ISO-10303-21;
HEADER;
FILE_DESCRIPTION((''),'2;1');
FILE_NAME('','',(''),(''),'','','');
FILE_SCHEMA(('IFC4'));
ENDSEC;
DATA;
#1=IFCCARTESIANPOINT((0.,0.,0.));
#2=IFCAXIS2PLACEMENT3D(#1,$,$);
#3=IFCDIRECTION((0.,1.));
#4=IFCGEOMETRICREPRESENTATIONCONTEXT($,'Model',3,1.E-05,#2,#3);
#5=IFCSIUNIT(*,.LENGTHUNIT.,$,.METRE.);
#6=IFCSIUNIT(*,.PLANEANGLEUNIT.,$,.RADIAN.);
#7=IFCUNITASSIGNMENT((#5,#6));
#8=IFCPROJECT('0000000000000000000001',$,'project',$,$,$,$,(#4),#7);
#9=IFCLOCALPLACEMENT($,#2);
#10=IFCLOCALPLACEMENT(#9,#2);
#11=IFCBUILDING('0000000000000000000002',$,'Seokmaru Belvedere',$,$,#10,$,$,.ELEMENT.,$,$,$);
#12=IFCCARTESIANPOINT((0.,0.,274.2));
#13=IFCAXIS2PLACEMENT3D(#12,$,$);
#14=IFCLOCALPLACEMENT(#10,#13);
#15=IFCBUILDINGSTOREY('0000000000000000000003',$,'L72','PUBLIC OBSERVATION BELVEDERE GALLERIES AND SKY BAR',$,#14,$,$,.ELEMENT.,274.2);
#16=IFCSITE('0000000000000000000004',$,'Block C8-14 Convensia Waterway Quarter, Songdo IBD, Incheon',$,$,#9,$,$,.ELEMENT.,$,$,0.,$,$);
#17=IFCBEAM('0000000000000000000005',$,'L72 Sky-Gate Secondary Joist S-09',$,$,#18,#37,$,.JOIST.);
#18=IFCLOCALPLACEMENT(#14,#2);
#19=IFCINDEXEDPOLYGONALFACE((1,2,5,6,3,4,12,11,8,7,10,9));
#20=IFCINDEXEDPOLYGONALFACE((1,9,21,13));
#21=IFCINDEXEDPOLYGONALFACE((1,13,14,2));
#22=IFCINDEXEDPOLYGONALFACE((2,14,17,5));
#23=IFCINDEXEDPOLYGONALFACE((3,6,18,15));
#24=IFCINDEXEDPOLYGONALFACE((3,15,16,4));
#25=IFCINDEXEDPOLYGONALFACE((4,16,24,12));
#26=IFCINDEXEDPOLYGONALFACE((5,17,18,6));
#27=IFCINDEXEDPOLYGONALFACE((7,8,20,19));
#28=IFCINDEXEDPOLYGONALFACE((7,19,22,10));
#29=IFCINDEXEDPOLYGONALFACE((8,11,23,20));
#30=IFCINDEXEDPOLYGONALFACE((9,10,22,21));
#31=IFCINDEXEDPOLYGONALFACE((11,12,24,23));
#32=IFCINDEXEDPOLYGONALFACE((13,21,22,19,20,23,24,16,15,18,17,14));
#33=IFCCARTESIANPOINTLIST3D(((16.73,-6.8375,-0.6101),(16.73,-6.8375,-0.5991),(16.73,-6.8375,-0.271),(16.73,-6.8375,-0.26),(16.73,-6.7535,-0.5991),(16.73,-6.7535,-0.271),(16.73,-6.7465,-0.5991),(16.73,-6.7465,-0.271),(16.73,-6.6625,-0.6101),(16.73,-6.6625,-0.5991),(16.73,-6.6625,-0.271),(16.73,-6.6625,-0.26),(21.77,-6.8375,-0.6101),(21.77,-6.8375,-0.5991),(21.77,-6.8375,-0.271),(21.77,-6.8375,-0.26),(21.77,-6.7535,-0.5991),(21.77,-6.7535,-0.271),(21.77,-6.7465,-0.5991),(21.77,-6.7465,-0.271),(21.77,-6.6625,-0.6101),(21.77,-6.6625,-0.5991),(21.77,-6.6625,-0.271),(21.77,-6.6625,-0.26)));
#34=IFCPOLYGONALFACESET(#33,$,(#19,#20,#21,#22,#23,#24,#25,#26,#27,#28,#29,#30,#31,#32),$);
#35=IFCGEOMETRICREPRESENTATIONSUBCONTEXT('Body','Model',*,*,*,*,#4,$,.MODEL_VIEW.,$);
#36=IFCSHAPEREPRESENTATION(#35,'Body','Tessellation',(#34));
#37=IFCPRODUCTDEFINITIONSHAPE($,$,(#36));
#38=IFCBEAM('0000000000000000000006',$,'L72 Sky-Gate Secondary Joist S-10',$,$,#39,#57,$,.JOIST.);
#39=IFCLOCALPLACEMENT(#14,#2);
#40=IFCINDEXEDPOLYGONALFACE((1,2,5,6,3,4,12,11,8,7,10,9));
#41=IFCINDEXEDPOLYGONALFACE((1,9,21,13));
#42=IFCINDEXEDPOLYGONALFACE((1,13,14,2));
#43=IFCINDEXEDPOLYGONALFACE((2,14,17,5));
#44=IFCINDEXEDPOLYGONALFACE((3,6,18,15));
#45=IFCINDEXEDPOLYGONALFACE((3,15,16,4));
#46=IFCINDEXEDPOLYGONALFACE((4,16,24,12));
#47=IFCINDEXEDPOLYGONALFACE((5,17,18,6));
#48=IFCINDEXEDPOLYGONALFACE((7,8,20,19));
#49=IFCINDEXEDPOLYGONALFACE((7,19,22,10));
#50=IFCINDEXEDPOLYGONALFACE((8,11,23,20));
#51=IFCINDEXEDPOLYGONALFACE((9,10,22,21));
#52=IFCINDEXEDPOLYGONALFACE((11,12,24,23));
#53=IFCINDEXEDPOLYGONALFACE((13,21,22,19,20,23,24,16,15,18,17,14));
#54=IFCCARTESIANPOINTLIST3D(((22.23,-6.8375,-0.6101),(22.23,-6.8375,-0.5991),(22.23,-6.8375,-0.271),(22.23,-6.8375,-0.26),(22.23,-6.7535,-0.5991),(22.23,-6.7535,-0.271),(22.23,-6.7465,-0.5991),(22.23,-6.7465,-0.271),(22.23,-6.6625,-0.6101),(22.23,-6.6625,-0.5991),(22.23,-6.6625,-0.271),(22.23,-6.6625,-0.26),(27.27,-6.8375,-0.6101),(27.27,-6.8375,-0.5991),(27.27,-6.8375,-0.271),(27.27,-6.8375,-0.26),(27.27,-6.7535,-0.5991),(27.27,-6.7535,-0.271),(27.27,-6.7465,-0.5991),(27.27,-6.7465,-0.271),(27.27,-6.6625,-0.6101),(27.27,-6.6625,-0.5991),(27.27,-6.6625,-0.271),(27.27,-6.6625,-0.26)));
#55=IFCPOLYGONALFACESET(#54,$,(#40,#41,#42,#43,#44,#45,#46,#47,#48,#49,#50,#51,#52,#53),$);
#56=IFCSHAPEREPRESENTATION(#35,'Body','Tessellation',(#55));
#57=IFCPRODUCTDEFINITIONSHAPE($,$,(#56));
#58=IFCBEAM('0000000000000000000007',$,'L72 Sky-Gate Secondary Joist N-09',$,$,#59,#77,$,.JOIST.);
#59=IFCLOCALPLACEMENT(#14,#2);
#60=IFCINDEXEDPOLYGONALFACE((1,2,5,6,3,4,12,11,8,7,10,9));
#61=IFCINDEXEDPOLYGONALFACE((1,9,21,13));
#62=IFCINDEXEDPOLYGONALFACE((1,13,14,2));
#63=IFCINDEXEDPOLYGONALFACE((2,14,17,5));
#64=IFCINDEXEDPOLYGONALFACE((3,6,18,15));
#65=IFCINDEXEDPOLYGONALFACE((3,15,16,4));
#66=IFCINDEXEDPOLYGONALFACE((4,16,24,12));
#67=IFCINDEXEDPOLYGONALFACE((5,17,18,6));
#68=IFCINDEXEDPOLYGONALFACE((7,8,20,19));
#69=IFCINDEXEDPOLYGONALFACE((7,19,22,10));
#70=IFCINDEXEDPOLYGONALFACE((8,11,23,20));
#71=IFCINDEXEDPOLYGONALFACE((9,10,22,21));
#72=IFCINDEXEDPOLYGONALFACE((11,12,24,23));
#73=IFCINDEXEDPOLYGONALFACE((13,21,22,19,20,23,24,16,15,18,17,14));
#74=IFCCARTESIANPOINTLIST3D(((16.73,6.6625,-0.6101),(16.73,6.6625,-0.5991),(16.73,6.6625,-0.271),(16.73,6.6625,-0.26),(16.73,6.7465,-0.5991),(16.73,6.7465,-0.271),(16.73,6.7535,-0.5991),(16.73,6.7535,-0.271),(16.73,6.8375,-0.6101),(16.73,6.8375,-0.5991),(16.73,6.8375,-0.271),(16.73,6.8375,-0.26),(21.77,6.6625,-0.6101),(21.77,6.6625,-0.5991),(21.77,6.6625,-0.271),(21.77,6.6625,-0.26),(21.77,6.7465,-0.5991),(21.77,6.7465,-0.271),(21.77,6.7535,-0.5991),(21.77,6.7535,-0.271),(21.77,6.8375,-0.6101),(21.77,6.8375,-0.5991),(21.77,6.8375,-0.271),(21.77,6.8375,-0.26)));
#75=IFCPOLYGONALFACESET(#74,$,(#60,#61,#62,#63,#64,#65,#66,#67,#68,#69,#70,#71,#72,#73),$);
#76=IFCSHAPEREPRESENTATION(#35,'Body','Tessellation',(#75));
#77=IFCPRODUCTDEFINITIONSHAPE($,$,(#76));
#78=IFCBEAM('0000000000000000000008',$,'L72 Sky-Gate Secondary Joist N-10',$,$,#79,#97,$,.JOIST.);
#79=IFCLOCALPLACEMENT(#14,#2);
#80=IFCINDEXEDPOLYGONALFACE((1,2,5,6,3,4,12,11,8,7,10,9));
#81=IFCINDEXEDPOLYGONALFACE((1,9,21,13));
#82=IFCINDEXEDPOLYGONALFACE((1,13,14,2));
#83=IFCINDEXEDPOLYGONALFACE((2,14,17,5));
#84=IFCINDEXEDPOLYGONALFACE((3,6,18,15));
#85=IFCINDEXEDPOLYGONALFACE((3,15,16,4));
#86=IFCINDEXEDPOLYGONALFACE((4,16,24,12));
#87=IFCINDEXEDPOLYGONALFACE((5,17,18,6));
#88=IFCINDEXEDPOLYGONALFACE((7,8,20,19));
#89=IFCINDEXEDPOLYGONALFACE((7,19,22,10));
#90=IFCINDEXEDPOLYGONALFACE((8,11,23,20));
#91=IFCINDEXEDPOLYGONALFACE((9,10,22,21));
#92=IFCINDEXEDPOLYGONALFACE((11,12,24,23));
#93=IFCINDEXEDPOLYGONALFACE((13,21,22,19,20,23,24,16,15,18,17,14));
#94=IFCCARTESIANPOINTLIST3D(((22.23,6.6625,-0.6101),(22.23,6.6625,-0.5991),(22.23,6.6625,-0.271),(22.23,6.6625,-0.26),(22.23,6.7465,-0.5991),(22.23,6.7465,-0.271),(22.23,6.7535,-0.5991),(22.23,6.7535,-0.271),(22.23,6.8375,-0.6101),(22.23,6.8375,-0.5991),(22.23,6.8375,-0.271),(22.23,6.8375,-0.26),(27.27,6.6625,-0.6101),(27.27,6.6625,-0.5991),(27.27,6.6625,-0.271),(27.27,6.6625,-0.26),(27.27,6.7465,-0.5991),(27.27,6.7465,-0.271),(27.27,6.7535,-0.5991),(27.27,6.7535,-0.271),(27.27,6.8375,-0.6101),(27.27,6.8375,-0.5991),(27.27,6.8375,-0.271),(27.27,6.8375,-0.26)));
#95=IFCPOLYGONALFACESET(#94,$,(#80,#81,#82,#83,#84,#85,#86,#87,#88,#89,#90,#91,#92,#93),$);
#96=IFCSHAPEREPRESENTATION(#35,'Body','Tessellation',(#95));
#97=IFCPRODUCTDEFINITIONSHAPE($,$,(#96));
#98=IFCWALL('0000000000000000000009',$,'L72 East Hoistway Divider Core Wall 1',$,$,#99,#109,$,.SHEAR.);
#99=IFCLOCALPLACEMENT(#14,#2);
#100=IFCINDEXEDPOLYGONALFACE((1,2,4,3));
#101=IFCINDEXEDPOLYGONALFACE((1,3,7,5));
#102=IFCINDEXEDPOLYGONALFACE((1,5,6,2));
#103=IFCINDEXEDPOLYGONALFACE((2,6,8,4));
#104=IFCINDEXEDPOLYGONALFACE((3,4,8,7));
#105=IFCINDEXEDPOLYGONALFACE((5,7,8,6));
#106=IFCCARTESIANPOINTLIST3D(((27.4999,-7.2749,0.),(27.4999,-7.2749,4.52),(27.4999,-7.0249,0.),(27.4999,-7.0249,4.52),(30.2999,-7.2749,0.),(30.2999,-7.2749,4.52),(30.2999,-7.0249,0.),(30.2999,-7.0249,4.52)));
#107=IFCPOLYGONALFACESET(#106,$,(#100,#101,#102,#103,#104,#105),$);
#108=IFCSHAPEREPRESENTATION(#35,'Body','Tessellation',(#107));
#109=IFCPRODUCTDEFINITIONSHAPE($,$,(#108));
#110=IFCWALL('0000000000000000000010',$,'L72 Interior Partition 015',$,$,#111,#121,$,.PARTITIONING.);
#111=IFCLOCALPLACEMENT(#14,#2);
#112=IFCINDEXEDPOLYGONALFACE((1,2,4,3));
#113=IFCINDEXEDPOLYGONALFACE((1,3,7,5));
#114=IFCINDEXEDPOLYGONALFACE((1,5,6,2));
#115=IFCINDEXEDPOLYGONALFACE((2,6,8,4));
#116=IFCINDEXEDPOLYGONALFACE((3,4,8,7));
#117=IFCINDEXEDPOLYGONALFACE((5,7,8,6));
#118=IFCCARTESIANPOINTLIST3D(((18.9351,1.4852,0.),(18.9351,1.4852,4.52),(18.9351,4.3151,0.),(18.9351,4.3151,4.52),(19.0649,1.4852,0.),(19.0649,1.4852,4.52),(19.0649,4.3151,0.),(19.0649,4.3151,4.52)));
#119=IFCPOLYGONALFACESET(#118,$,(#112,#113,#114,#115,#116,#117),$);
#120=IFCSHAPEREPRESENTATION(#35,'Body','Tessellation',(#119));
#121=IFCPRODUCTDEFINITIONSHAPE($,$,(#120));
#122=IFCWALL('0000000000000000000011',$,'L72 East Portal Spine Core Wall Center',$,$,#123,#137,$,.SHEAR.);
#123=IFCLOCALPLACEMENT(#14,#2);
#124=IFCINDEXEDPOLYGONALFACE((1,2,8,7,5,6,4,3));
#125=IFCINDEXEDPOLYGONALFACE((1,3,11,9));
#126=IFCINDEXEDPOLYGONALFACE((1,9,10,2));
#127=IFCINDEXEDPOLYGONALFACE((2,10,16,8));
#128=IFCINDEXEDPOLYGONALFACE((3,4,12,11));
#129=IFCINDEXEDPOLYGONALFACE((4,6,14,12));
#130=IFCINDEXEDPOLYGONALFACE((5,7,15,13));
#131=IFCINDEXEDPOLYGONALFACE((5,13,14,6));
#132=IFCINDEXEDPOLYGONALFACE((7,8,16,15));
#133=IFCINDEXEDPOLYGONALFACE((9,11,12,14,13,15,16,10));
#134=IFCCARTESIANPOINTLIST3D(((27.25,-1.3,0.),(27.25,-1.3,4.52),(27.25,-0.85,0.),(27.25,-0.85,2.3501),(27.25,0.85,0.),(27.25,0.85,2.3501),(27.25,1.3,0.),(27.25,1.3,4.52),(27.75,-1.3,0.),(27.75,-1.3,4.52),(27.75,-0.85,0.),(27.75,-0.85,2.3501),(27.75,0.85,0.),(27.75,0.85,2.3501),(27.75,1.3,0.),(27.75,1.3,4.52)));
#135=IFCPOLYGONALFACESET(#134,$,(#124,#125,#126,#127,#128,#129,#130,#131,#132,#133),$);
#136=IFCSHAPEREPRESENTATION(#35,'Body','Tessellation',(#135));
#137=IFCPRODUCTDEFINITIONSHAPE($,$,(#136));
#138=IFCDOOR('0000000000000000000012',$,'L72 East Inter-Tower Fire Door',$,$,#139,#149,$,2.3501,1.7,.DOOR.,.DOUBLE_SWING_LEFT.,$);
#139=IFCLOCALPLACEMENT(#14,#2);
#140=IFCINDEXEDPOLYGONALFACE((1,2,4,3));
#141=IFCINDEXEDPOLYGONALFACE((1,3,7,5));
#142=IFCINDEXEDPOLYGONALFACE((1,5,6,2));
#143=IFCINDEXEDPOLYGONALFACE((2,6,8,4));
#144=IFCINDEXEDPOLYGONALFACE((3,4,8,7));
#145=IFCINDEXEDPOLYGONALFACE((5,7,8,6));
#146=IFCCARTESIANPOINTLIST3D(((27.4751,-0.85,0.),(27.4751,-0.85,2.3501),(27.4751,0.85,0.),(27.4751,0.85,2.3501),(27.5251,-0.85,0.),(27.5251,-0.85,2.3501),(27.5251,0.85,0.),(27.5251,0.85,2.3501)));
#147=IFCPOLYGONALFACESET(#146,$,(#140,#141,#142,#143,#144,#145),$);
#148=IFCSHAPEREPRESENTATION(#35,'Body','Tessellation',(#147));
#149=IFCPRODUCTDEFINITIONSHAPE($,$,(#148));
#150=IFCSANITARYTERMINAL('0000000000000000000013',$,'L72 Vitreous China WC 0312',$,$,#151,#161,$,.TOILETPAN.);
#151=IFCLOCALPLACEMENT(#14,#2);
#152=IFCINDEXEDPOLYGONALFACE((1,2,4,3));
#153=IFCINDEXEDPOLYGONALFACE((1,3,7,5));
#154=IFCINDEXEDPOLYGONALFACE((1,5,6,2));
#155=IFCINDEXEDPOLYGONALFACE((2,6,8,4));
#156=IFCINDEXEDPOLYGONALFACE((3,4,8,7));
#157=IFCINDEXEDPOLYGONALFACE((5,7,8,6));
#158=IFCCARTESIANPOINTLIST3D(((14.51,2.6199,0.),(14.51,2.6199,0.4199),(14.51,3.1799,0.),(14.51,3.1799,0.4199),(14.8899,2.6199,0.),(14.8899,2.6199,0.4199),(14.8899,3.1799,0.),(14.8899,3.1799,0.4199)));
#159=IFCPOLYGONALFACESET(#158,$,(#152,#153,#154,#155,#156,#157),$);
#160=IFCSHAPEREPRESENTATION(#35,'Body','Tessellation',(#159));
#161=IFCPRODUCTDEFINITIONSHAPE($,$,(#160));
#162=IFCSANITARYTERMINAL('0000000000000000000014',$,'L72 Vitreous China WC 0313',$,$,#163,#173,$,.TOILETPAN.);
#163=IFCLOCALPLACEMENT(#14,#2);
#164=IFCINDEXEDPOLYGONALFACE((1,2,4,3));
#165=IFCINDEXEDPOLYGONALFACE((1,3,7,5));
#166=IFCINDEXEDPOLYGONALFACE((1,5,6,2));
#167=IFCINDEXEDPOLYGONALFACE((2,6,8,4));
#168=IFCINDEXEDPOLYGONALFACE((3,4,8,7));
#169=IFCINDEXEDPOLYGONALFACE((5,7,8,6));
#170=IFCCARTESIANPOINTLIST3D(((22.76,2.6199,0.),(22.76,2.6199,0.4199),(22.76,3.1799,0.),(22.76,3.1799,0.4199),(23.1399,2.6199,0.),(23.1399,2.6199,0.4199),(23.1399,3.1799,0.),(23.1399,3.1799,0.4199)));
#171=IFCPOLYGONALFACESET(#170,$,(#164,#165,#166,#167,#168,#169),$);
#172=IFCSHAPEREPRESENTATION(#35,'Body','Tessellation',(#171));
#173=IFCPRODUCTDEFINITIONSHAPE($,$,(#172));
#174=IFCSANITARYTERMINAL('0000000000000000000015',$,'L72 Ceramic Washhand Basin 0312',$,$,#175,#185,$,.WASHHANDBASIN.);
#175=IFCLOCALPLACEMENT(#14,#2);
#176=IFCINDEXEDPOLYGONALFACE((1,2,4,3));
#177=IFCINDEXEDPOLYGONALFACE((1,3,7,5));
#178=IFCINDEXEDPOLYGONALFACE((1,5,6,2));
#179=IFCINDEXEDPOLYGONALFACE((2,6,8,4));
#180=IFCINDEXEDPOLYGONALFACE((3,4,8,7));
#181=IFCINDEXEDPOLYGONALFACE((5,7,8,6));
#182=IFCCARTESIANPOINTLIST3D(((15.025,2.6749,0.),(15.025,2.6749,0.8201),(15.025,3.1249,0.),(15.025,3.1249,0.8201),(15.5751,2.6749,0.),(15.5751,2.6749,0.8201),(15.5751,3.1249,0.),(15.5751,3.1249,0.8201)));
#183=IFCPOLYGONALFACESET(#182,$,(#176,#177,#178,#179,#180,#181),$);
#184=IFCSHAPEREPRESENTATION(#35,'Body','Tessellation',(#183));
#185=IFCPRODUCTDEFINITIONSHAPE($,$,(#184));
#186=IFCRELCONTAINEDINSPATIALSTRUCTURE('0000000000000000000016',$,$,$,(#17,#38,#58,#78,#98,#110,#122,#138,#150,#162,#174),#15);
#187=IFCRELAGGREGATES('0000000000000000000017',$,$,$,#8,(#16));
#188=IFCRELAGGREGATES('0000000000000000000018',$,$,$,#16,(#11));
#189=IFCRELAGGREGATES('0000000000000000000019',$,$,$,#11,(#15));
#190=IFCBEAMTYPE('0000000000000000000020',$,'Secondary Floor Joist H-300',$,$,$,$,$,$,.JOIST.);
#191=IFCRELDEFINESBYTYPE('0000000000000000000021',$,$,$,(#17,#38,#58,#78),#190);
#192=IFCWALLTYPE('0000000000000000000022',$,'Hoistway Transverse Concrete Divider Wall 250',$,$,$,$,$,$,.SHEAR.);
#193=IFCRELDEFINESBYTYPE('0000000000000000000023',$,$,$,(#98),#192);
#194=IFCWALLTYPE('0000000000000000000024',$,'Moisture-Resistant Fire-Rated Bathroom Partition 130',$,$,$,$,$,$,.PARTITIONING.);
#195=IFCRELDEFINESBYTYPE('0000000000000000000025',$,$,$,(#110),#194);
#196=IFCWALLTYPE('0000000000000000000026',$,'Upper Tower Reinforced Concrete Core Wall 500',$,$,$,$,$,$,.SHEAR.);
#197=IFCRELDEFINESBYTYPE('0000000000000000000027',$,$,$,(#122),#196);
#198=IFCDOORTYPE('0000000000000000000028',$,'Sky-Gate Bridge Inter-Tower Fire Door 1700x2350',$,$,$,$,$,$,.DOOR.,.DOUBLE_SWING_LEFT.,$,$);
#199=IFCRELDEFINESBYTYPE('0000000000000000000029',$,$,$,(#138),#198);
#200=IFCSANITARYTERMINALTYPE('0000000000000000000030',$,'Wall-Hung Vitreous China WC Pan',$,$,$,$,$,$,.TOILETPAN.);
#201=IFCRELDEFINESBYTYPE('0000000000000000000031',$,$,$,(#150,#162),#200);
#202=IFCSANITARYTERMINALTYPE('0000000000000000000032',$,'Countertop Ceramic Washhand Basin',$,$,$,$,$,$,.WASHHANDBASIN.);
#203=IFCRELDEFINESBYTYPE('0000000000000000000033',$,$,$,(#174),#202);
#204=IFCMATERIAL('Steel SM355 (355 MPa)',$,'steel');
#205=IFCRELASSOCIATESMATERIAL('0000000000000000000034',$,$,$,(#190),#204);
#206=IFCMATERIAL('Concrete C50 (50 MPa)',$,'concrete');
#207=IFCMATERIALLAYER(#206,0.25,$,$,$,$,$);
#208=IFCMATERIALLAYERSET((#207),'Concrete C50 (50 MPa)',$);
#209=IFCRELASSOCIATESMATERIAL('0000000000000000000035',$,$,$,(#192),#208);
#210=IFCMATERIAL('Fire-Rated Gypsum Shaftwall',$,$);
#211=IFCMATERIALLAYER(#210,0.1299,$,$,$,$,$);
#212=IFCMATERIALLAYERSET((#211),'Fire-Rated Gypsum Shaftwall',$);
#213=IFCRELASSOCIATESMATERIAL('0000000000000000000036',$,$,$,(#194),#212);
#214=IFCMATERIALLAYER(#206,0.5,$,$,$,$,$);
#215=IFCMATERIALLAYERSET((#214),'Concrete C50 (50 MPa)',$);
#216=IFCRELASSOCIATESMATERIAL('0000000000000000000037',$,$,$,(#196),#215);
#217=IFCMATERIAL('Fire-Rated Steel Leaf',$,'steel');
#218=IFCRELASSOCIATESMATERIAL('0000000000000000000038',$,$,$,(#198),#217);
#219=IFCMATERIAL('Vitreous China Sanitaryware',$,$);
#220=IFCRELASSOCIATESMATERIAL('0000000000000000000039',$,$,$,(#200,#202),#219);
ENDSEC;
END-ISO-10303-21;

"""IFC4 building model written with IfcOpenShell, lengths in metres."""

from ifc_helpers import new_model, si_unit, direction, frame, frame_2d, origin, origin_2d, place, context, subcontext, project, spatial, rectangle, i_section, extrude, source, transform, mapped, material, layer, layer_set, material_profile, profile_set, type_object, type_shapes, element, fill, save


model = new_model("IFC4")

# Units and contexts
model_context = context("Model", 3, precision=1e-05, world=origin(), true_north=direction((0.0, 1.0)))
body_context = subcontext(model_context, "Body", "Model", "MODEL_VIEW")
ifc_project = project(units=[si_unit("LENGTHUNIT", "METRE"), si_unit("PLANEANGLEUNIT", "RADIAN")], contexts=[model_context])

# Site, building, storey
site_placement = place(None, origin())
site = spatial("IfcSite", under=ifc_project, at=site_placement, Name="Block C8-14 Convensia Waterway Quarter, Songdo IBD, Incheon", CompositionType="ELEMENT", RefElevation=0.0)
building_placement = place(site_placement, origin())
building = spatial("IfcBuilding", under=site, at=building_placement, Name="Seokmaru Belvedere", CompositionType="ELEMENT")
storey_placement = place(building_placement, frame((0.0, 0.0, 274.2)))
storey = spatial("IfcBuildingStorey", under=building, at=storey_placement, Name="L72", Description="PUBLIC OBSERVATION BELVEDERE GALLERIES AND SKY BAR", CompositionType="ELEMENT", Elevation=274.2)

# Shared definitions
ifc_material_1 = material(Name="Steel SM355 (355 MPa)", Category="steel")

# Beams
ifc_material_profile_1 = material_profile(ifc_material_1, i_section(OverallWidth=0.175, OverallDepth=0.3501, WebThickness=0.0071, FlangeThickness=0.011, at=origin_2d()), Name="H-350x175x7x11")
ifc_profile_set_1 = profile_set([ifc_material_profile_1], Name="Steel SM355 (355 MPa)")
beam_type_1 = type_object("IfcBeamType", Name="Secondary Floor Joist H-300", PredefinedType="JOIST", material=ifc_profile_set_1)
shared_shape_1 = source(origin(), body_context, "Body", "SweptSolid", [
    extrude(i_section(OverallWidth=0.175, OverallDepth=0.3501, WebThickness=0.0071, FlangeThickness=0.011, at=origin_2d()), origin(), (0.0, 0.0, 1.0), 5.04),
])
type_shapes(beam_type_1, [shared_shape_1])
for number, where, z_axis, x_axis, name in (
    (1, (16.73, -6.75, -0.4351), (1.0, 0.0, 0.0), (0.0, 1.0, 0.0), "L72 Sky-Gate Secondary Joist S-09"),
    (2, (22.23, -6.75, -0.4351), (1.0, 0.0, 0.0), (0.0, 1.0, 0.0), "L72 Sky-Gate Secondary Joist S-10"),
    (3, (16.73, 6.75, -0.4351), (1.0, 0.0, 0.0), (0.0, 1.0, 0.0), "L72 Sky-Gate Secondary Joist N-09"),
    (4, (22.23, 6.75, -0.4351), (1.0, 0.0, 0.0), (0.0, 1.0, 0.0), "L72 Sky-Gate Secondary Joist N-10"),
):
    element("IfcBeam", number, at=place(storey_placement, frame(where, z_axis=z_axis, x_axis=x_axis)), inside=storey, type_object=beam_type_1, Name=name, PredefinedType="JOIST", context=body_context, shape_type="MappedRepresentation", body=[
        mapped(shared_shape_1, transform((0.0, 0.0, 0.0), scale=1.0)),
    ])

# Walls
ifc_material_2 = material(Name="Concrete C50 (50 MPa)", Category="concrete")
ifc_layer_1 = layer(ifc_material_2, 0.25)
ifc_layer_set_1 = layer_set([ifc_layer_1], Name="Concrete C50 (50 MPa)")
wall_type_1 = type_object("IfcWallType", Name="Hoistway Transverse Concrete Divider Wall 250", PredefinedType="SHEAR", material=ifc_layer_set_1)
wall_1_placement = place(storey_placement, frame((27.5, -7.1499, 0.0), z_axis=(0.0, 0.0, 1.0), x_axis=(1.0, 0.0, 0.0)))
element("IfcWall", 5, at=wall_1_placement, inside=storey, type_object=wall_type_1, Name="L72 East Hoistway Divider Core Wall 1", PredefinedType="SHEAR", context=body_context, shape_type="SweptSolid", body=[
    extrude(rectangle(XDim=2.8, YDim=0.25, at=frame_2d((1.3999, 0.0))), origin(), (0.0, 0.0, 1.0), 4.52),
])
ifc_material_3 = material(Name="Fire-Rated Gypsum Shaftwall")
ifc_layer_2 = layer(ifc_material_3, 0.1299)
ifc_layer_set_2 = layer_set([ifc_layer_2], Name="Fire-Rated Gypsum Shaftwall")
wall_type_2 = type_object("IfcWallType", Name="Moisture-Resistant Fire-Rated Bathroom Partition 130", PredefinedType="PARTITIONING", material=ifc_layer_set_2)
wall_2_placement = place(storey_placement, frame((19.0, 1.4851, 0.0), z_axis=(0.0, 0.0, 1.0), x_axis=(0.0, 1.0, 0.0)))
element("IfcWall", 6, at=wall_2_placement, inside=storey, type_object=wall_type_2, Name="L72 Interior Partition 015", PredefinedType="PARTITIONING", context=body_context, shape_type="SweptSolid", body=[
    extrude(rectangle(XDim=2.8298, YDim=0.1299, at=frame_2d((1.415, 0.0))), origin(), (0.0, 0.0, 1.0), 4.52),
])

# Wall, opening, door
ifc_layer_3 = layer(ifc_material_2, 0.5)
ifc_layer_set_3 = layer_set([ifc_layer_3], Name="Concrete C50 (50 MPa)")
wall_type_3 = type_object("IfcWallType", Name="Upper Tower Reinforced Concrete Core Wall 500", PredefinedType="SHEAR", material=ifc_layer_set_3)
wall_3_placement = place(storey_placement, frame((27.5, -1.3, 0.0), z_axis=(0.0, 0.0, 1.0), x_axis=(0.0, 1.0, 0.0)))
wall_3 = element("IfcWall", 7, at=wall_3_placement, inside=storey, type_object=wall_type_3, Name="L72 East Portal Spine Core Wall Center", PredefinedType="SHEAR", context=body_context, shape_type="SweptSolid", body=[
    extrude(rectangle(XDim=2.6001, YDim=0.5, at=frame_2d((1.3, 0.0))), origin(), (0.0, 0.0, 1.0), 4.52),
])
opening_placement = place(wall_3_placement, frame((0.45, 0.0, 0.0)))
opening = element("IfcOpeningElement", 8, at=opening_placement, cuts=wall_3, PredefinedType="OPENING", context=body_context, shape_type="SweptSolid", body=[
    extrude(rectangle(XDim=1.7, YDim=2.3501, at=frame_2d((0.8501, 1.175))), frame((0.0, 0.26, 0.0), z_axis=(0.0, -1.0, 0.0), x_axis=(1.0, 0.0, 0.0)), (0.0, 0.0, 1.0), 0.52),
])
ifc_material_4 = material(Name="Fire-Rated Steel Leaf", Category="steel")
door_type = type_object("IfcDoorType", Name="Sky-Gate Bridge Inter-Tower Fire Door 1700x2350", OperationType="DOUBLE_SWING_LEFT", PredefinedType="DOOR", material=ifc_material_4)
shared_shape_2 = source(origin(), body_context, "Body", "SweptSolid", [
    extrude(rectangle(XDim=1.7, YDim=2.3501, at=frame_2d((0.8501, 1.175))), frame((0.0, 0.0249, 0.0), z_axis=(0.0, -1.0, 0.0), x_axis=(1.0, 0.0, 0.0)), (0.0, 0.0, 1.0), 0.05),
])
type_shapes(door_type, [shared_shape_2])
door_placement = place(opening_placement, origin())
door = element("IfcDoor", 9, at=door_placement, inside=storey, type_object=door_type, Name="L72 East Inter-Tower Fire Door", OperationType="DOUBLE_SWING_LEFT", OverallHeight=2.3501, OverallWidth=1.7, PredefinedType="DOOR", context=body_context, shape_type="MappedRepresentation", body=[
    mapped(shared_shape_2, transform((0.0, 0.0, 0.0), scale=1.0)),
])
fill(opening, door)

# Sanitary terminals
ifc_material_5 = material(Name="Vitreous China Sanitaryware")
sanitary_terminal_type_1 = type_object("IfcSanitaryTerminalType", Name="Wall-Hung Vitreous China WC Pan", PredefinedType="TOILETPAN", material=ifc_material_5)
shared_shape_3 = source(origin(), body_context, "Body", "SweptSolid", [
    extrude(rectangle(XDim=0.3799, YDim=0.5601, at=origin_2d()), origin(), (0.0, 0.0, 1.0), 0.4199),
])
type_shapes(sanitary_terminal_type_1, [shared_shape_3])
for number, where, z_axis, x_axis, name in (
    (10, (14.7, 2.8999, 0.0), (0.0, 0.0, 1.0), (1.0, 0.0, 0.0), "L72 Vitreous China WC 0312"),
    (11, (22.95, 2.8999, 0.0), (0.0, 0.0, 1.0), (1.0, 0.0, 0.0), "L72 Vitreous China WC 0313"),
):
    element("IfcSanitaryTerminal", number, at=place(storey_placement, frame(where, z_axis=z_axis, x_axis=x_axis)), inside=storey, type_object=sanitary_terminal_type_1, Name=name, PredefinedType="TOILETPAN", context=body_context, shape_type="MappedRepresentation", body=[
        mapped(shared_shape_3, transform((0.0, 0.0, 0.0), scale=1.0)),
    ])
sanitary_terminal_type_2 = type_object("IfcSanitaryTerminalType", Name="Countertop Ceramic Washhand Basin", PredefinedType="WASHHANDBASIN", material=ifc_material_5)
shared_shape_4 = source(origin(), body_context, "Body", "SweptSolid", [
    extrude(rectangle(XDim=0.55, YDim=0.45, at=origin_2d()), origin(), (0.0, 0.0, 1.0), 0.8201),
])
type_shapes(sanitary_terminal_type_2, [shared_shape_4])
for number, where, z_axis, x_axis, name in (
    (12, (15.3, 2.8999, 0.0), (0.0, 0.0, 1.0), (1.0, 0.0, 0.0), "L72 Ceramic Washhand Basin 0312"),
):
    element("IfcSanitaryTerminal", number, at=place(storey_placement, frame(where, z_axis=z_axis, x_axis=x_axis)), inside=storey, type_object=sanitary_terminal_type_2, Name=name, PredefinedType="WASHHANDBASIN", context=body_context, shape_type="MappedRepresentation", body=[
        mapped(shared_shape_4, transform((0.0, 0.0, 0.0), scale=1.0)),
    ])

save(model, "model.ifc")
